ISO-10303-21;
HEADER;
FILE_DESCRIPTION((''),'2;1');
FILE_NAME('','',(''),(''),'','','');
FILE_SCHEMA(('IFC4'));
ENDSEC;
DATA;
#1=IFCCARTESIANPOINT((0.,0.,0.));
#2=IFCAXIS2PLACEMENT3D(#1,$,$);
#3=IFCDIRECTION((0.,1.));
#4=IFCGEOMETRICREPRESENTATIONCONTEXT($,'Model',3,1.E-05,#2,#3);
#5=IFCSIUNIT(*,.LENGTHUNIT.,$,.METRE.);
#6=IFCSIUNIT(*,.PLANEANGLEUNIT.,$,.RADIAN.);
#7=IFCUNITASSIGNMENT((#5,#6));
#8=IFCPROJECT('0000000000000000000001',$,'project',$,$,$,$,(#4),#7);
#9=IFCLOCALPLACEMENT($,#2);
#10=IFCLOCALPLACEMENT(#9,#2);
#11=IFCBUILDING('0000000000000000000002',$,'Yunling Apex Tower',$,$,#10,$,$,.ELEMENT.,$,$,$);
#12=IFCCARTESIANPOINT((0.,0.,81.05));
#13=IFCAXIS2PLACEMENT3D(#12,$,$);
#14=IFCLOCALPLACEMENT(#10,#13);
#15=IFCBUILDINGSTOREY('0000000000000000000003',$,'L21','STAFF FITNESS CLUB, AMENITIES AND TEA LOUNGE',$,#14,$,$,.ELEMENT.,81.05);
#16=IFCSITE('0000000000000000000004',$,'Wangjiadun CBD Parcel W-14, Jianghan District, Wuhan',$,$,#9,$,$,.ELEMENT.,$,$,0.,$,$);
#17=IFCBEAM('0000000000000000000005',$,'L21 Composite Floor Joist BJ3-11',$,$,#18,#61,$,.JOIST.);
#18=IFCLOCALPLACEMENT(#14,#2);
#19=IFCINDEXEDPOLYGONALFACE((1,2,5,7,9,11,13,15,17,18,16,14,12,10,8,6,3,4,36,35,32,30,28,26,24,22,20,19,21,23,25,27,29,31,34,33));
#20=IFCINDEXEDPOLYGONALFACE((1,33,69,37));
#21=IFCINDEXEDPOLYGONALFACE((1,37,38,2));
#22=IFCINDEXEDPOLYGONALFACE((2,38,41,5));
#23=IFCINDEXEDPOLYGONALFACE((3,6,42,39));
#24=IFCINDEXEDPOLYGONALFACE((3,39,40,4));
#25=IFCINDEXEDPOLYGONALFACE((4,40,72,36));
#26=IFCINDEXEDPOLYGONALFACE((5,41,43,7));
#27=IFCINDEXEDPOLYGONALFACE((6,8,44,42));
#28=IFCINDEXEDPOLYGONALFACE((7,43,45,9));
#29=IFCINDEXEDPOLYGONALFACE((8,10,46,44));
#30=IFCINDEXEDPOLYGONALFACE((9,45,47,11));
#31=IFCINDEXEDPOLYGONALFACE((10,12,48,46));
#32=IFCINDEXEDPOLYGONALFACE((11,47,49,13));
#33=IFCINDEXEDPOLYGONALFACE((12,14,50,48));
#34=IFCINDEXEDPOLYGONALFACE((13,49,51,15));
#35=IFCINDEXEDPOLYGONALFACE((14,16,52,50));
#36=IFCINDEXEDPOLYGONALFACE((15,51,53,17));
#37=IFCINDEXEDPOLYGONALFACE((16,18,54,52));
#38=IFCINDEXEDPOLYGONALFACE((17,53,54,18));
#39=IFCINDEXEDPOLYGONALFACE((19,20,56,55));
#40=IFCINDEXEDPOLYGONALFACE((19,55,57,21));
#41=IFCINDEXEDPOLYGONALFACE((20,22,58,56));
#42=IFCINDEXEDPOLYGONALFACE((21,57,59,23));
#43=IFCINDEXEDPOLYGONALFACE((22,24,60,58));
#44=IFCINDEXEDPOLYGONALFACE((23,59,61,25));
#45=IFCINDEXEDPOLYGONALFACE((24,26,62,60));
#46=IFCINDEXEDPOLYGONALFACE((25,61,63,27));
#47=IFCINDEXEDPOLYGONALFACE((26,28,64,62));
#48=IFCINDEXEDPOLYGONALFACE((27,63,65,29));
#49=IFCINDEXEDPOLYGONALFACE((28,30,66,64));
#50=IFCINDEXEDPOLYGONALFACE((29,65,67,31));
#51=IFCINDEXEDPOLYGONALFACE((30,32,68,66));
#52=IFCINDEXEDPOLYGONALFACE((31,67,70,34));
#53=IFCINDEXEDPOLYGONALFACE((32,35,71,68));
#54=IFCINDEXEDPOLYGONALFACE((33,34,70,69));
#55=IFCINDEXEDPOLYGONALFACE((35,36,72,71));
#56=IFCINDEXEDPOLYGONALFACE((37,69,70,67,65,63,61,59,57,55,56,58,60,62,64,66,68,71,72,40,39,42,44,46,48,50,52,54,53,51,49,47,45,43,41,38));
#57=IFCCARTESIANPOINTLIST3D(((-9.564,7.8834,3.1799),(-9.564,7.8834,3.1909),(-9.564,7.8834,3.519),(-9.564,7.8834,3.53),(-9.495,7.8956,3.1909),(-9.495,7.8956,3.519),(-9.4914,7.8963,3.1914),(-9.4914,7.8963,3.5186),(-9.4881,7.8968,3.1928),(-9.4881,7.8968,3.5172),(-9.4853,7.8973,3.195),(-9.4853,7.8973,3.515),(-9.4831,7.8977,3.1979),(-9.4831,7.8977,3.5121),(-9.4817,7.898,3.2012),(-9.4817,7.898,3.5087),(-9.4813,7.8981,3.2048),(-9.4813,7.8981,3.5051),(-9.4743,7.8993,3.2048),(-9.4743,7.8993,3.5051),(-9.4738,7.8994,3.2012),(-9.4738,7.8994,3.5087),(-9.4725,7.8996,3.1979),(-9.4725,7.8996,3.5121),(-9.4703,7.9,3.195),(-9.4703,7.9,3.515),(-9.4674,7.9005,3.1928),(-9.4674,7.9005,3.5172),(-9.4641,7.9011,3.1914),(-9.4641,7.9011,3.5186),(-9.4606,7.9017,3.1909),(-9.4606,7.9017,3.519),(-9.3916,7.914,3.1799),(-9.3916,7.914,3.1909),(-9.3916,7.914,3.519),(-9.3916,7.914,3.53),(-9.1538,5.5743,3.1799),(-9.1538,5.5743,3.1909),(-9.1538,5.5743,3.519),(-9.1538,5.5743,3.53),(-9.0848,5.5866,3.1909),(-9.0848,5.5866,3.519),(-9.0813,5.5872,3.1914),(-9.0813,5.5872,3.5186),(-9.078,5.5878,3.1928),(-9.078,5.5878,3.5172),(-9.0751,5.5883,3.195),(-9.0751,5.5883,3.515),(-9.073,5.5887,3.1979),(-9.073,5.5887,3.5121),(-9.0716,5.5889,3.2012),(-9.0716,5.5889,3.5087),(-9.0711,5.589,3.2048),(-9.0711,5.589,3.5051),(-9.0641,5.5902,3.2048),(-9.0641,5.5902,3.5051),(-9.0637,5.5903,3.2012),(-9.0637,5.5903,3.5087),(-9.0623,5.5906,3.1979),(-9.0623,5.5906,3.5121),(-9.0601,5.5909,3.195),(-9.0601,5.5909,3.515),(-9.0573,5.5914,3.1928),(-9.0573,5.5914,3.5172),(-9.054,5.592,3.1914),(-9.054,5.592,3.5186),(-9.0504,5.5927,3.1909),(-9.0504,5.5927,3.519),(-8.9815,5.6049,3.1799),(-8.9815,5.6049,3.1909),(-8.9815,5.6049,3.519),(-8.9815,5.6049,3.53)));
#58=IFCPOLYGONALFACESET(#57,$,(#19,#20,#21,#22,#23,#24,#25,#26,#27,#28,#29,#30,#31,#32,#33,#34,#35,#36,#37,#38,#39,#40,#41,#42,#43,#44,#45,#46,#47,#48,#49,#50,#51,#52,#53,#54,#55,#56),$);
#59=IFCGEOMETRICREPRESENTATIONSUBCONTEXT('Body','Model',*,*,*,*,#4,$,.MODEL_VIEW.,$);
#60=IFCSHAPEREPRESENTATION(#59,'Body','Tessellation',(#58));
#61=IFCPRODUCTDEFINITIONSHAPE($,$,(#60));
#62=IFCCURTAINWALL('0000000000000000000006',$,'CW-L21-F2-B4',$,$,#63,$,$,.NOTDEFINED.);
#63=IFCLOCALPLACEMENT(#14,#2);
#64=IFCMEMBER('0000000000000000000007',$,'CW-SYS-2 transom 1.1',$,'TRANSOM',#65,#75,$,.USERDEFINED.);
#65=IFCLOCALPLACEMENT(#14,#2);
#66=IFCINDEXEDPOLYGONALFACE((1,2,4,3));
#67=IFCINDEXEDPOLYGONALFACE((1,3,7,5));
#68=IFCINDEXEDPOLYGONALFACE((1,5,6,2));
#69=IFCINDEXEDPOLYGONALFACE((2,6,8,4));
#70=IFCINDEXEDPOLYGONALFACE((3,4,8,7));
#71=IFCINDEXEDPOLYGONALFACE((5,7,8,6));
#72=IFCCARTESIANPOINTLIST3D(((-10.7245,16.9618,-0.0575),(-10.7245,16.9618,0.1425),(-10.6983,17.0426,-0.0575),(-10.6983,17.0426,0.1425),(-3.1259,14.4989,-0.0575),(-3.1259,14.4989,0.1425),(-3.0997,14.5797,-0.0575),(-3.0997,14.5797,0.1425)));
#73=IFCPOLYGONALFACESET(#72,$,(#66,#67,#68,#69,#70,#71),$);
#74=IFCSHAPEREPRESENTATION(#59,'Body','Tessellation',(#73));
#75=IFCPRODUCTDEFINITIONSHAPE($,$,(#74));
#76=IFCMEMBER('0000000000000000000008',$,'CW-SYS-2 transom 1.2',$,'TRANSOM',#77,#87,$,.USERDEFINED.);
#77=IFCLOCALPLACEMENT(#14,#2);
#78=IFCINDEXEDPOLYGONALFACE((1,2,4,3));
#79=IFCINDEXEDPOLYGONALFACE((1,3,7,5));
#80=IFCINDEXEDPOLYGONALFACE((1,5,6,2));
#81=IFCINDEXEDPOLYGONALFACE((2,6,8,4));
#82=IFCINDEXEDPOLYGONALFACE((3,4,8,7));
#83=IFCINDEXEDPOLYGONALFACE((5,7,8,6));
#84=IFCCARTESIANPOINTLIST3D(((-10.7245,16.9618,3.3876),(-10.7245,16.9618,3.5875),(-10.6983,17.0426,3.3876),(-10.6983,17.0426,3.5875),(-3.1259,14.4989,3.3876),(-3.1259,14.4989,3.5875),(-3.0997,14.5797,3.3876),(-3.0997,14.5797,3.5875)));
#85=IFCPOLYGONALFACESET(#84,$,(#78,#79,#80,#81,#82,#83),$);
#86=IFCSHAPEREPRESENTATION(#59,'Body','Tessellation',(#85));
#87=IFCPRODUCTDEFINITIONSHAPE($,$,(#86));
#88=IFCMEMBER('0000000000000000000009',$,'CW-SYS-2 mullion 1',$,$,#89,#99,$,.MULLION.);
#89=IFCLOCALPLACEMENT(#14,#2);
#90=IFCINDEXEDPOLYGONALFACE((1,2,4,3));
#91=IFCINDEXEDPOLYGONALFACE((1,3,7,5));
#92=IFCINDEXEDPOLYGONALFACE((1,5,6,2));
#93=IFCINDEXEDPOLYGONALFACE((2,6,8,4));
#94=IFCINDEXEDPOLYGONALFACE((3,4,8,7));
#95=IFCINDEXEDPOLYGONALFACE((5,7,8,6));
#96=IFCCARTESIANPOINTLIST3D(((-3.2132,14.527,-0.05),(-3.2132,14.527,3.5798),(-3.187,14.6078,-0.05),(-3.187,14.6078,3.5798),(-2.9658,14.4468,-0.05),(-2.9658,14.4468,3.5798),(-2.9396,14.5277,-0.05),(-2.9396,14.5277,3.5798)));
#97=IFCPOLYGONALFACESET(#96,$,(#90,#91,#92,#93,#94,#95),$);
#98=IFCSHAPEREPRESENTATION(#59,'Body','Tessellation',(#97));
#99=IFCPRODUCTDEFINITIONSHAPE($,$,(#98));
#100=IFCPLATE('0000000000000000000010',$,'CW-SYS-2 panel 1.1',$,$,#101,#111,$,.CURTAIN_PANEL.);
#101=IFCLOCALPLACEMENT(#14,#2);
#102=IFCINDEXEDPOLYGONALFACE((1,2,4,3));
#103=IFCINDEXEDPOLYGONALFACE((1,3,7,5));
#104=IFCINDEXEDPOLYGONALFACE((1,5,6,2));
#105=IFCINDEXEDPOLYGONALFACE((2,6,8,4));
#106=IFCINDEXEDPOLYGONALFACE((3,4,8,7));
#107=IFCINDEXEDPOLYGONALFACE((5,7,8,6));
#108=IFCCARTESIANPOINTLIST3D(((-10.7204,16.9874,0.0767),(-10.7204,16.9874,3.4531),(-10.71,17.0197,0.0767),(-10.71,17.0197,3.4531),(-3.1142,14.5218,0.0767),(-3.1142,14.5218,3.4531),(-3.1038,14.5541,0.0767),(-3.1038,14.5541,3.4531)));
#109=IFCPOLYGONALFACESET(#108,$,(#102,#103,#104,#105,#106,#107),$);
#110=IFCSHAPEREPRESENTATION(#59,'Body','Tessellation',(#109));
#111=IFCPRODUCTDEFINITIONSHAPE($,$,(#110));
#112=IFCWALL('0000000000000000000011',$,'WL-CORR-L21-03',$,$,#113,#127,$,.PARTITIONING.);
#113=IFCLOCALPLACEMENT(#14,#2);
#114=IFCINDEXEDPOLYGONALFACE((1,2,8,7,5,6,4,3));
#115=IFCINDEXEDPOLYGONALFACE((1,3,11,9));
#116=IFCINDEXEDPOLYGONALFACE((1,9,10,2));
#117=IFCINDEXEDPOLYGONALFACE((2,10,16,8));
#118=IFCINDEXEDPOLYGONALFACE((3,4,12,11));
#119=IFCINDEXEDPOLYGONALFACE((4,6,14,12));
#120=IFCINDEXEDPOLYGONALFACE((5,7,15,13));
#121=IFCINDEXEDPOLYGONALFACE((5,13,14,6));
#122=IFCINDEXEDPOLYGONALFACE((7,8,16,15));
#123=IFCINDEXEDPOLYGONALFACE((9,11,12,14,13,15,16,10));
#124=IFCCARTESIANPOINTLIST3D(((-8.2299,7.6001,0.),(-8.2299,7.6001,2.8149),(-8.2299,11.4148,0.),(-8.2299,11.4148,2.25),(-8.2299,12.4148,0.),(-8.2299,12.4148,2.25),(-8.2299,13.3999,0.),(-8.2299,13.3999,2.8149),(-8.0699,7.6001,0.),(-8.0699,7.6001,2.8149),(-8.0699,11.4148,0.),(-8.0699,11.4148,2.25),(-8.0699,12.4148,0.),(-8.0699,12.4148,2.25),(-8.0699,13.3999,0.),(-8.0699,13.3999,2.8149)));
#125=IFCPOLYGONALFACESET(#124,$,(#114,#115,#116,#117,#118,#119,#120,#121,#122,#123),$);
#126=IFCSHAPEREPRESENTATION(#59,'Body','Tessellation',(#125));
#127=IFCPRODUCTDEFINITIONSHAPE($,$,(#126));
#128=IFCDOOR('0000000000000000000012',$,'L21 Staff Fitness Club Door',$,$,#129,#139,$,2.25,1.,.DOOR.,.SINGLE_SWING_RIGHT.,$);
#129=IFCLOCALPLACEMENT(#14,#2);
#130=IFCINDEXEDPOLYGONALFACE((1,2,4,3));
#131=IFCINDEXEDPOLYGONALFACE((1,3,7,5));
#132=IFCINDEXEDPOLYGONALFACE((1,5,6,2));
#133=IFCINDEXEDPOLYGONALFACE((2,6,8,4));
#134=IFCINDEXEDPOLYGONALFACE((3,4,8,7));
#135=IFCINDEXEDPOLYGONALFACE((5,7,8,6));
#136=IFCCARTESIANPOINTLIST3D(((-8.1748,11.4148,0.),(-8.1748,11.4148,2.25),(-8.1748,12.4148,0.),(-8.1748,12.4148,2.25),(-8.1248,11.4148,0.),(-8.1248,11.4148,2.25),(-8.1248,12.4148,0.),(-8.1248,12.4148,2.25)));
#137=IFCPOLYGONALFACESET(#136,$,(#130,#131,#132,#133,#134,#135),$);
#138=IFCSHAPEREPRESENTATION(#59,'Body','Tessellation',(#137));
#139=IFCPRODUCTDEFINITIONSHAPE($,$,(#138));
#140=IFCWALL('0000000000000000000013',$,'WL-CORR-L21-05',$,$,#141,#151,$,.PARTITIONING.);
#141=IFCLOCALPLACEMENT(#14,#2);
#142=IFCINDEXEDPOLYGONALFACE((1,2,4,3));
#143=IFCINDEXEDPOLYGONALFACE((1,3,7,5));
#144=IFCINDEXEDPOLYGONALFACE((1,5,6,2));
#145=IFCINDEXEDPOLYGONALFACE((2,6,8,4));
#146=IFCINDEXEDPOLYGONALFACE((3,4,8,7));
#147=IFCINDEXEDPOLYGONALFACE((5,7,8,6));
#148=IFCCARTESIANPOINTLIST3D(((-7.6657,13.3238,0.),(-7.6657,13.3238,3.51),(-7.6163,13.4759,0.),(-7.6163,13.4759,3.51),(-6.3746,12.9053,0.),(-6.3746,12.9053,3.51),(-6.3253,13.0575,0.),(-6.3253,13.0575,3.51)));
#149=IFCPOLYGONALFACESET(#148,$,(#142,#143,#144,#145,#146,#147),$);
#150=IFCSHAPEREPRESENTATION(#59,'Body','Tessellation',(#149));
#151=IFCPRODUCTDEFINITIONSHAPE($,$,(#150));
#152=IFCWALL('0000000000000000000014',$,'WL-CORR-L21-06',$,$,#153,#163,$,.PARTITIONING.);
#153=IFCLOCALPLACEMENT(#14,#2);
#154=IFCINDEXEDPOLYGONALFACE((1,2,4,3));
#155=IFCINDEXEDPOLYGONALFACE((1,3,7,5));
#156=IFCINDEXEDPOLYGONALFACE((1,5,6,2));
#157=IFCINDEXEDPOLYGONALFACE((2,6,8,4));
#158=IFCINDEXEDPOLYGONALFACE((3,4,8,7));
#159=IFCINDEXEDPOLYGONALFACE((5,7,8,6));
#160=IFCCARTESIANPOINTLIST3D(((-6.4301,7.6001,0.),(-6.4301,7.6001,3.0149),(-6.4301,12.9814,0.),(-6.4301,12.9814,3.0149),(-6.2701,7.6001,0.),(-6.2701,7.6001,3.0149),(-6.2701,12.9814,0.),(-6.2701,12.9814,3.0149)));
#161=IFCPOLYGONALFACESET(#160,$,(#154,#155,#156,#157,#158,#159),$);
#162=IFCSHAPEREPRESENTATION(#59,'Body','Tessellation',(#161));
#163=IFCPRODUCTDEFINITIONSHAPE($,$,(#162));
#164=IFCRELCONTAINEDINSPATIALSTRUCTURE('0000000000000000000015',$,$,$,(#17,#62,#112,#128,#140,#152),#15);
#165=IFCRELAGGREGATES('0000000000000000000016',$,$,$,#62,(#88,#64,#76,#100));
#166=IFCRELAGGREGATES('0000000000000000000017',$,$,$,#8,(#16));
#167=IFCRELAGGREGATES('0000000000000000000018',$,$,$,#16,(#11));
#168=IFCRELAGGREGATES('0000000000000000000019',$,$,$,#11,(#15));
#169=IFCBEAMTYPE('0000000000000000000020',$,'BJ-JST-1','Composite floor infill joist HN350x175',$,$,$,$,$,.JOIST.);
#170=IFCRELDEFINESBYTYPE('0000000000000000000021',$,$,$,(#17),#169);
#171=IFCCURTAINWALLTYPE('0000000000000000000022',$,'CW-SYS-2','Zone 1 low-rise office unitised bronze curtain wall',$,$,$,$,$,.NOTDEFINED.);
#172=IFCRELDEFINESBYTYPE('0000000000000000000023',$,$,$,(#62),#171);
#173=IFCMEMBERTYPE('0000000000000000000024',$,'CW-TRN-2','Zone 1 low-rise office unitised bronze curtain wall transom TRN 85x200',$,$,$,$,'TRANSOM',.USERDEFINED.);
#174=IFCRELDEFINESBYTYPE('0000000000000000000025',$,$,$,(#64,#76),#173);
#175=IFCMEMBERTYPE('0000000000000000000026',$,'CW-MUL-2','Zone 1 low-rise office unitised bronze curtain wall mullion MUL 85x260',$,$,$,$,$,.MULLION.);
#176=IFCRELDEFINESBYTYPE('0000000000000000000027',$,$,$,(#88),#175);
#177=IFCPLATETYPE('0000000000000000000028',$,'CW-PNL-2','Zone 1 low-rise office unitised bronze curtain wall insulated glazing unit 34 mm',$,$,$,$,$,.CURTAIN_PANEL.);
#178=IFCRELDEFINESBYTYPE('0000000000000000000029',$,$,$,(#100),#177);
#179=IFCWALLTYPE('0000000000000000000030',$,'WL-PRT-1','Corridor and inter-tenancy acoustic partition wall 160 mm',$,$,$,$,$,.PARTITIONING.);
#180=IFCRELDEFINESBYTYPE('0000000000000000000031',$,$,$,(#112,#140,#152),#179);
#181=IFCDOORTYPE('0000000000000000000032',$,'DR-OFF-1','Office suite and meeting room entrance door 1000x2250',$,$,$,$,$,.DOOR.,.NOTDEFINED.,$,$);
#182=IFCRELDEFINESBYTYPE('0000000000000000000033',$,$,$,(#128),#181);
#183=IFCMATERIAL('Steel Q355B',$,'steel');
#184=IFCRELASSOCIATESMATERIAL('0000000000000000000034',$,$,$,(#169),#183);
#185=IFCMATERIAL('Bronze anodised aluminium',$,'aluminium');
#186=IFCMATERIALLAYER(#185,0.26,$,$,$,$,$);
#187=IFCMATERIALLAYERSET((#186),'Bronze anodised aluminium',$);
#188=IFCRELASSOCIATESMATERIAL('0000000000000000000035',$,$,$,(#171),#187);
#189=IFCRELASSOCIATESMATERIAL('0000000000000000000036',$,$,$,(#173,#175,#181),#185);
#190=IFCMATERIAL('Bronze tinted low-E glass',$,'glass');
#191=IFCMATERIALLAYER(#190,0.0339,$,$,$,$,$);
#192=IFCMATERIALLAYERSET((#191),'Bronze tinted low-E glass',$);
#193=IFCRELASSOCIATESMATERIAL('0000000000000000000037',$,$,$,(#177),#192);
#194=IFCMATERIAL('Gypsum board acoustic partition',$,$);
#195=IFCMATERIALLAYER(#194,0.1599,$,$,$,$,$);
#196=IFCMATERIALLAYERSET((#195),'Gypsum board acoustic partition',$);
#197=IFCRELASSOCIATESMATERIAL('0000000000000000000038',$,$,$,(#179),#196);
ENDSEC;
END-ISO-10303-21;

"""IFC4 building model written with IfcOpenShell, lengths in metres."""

from ifc_helpers import new_model, si_unit, direction, frame, frame_2d, origin, origin_2d, place, context, subcontext, project, spatial, rectangle, i_section, extrude, source, transform, mapped, material, layer, layer_set, material_profile, profile_set, type_object, element, fill, aggregate, save


model = new_model("IFC4")

# Units and contexts
model_context = context("Model", 3, precision=1e-05, world=origin(), true_north=direction((0.0, 1.0)))
body_context = subcontext(model_context, "Body", "Model", "MODEL_VIEW")
ifc_project = project(units=[si_unit("LENGTHUNIT", "METRE"), si_unit("PLANEANGLEUNIT", "RADIAN")], contexts=[model_context])

# Site, building, storey
site_placement = place(None, origin())
site = spatial("IfcSite", under=ifc_project, at=site_placement, Name="Wangjiadun CBD Parcel W-14, Jianghan District, Wuhan", CompositionType="ELEMENT", RefElevation=0.0)
building_placement = place(site_placement, origin())
building = spatial("IfcBuilding", under=site, at=building_placement, Name="Yunling Apex Tower", CompositionType="ELEMENT")
storey_placement = place(building_placement, frame((0.0, 0.0, 81.05)))
storey = spatial("IfcBuildingStorey", under=building, at=storey_placement, Name="L21", Description="STAFF FITNESS CLUB, AMENITIES AND TEA LOUNGE", CompositionType="ELEMENT", Elevation=81.05)

# Beam
ifc_material_1 = material(Name="Steel Q355B", Category="steel")
ifc_material_profile_1 = material_profile(ifc_material_1, i_section(OverallWidth=0.175, OverallDepth=0.3501, WebThickness=0.0071, FlangeThickness=0.011, FilletRadius=0.0139, at=origin_2d()))
ifc_profile_set_1 = profile_set([ifc_material_profile_1], Name="Steel Q355B")
beam_type_1 = type_object("IfcBeamType", Name="BJ-JST-1", Description="Composite floor infill joist HN350x175", PredefinedType="JOIST", material=ifc_profile_set_1)
shared_shape_1 = source(origin(), body_context, "Body", "SweptSolid", [
    extrude(i_section(OverallWidth=0.175, OverallDepth=0.3501, WebThickness=0.0071, FlangeThickness=0.011, FilletRadius=0.0139, at=origin_2d()), origin(), (0.0, 0.0, 1.0), 2.3452),
])
beam_1_placement = place(storey_placement, frame((-9.4778, 7.8987, 3.355), z_axis=(0.17489, -0.984588, 0.0), x_axis=(0.984588, 0.17489, 0.0)))
element("IfcBeam", 1, at=beam_1_placement, inside=storey, type_object=beam_type_1, Name="L21 Composite Floor Joist BJ3-11", PredefinedType="JOIST", context=body_context, shape_type="MappedRepresentation", body=[
    mapped(shared_shape_1, transform((0.0, 0.0, 0.0), scale=1.0)),
])

# Curtain wall, members, plate
ifc_material_2 = material(Name="Bronze anodised aluminium", Category="aluminium")
ifc_layer_1 = layer(ifc_material_2, 0.26)
ifc_layer_set_1 = layer_set([ifc_layer_1], Name="Bronze anodised aluminium")
curtain_wall_type = type_object("IfcCurtainWallType", Name="CW-SYS-2", Description="Zone 1 low-rise office unitised bronze curtain wall", PredefinedType="NOTDEFINED", material=ifc_layer_set_1)
curtain_wall_placement = place(storey_placement, origin())
curtain_wall = element("IfcCurtainWall", 2, at=curtain_wall_placement, inside=storey, type_object=curtain_wall_type, Name="CW-L21-F2-B4", PredefinedType="NOTDEFINED")
ifc_material_profile_2 = material_profile(ifc_material_2, rectangle(XDim=0.085, YDim=0.2, at=origin_2d()))
ifc_profile_set_2 = profile_set([ifc_material_profile_2], Name="Bronze anodised aluminium")
member_type_1 = type_object("IfcMemberType", Name="CW-TRN-2", Description="Zone 1 low-rise office unitised bronze curtain wall transom TRN 85x200", ElementType="TRANSOM", PredefinedType="USERDEFINED", material=ifc_profile_set_2)
shared_shape_2 = source(origin(), body_context, "Body", "SweptSolid", [
    extrude(rectangle(XDim=0.085, YDim=0.2, at=origin_2d()), origin(), (0.0, 0.0, 1.0), 7.9878),
])
member_1_placement = place(storey_placement, frame((-3.1128, 14.5393, 0.0425), z_axis=(-0.951279, 0.308331, 0.0), x_axis=(-0.308331, -0.951279, 0.0)))
member_1 = element("IfcMember", 3, at=member_1_placement, type_object=member_type_1, Name="CW-SYS-2 transom 1.1", ObjectType="TRANSOM", PredefinedType="USERDEFINED", context=body_context, shape_type="MappedRepresentation", body=[
    mapped(shared_shape_2, transform((0.0, 0.0, 0.0), scale=1.0)),
])
member_2_placement = place(storey_placement, frame((-3.1128, 14.5393, 3.4875), z_axis=(-0.951279, 0.308331, 0.0), x_axis=(-0.308331, -0.951279, 0.0)))
member_2 = element("IfcMember", 4, at=member_2_placement, type_object=member_type_1, Name="CW-SYS-2 transom 1.2", ObjectType="TRANSOM", PredefinedType="USERDEFINED", context=body_context, shape_type="MappedRepresentation", body=[
    mapped(shared_shape_2, transform((0.0, 0.0, 0.0), scale=1.0)),
])
ifc_material_profile_3 = material_profile(ifc_material_2, rectangle(XDim=0.085, YDim=0.26, at=origin_2d()))
ifc_profile_set_3 = profile_set([ifc_material_profile_3], Name="Bronze anodised aluminium")
member_type_2 = type_object("IfcMemberType", Name="CW-MUL-2", Description="Zone 1 low-rise office unitised bronze curtain wall mullion MUL 85x260", PredefinedType="MULLION", material=ifc_profile_set_3)
shared_shape_3 = source(origin(), body_context, "Body", "SweptSolid", [
    extrude(rectangle(XDim=0.085, YDim=0.26, at=origin_2d()), origin(), (0.0, 0.0, 1.0), 3.6299),
])
member_3_placement = place(storey_placement, frame((-3.0764, 14.5273, -0.05), z_axis=(0.0, 0.0, 1.0), x_axis=(-0.308357, -0.951271, 0.0)))
member_3 = element("IfcMember", 5, at=member_3_placement, type_object=member_type_2, Name="CW-SYS-2 mullion 1", PredefinedType="MULLION", context=body_context, shape_type="MappedRepresentation", body=[
    mapped(shared_shape_3, transform((0.0, 0.0, 0.0), scale=1.0)),
])
ifc_material_3 = material(Name="Bronze tinted low-E glass", Category="glass")
ifc_layer_2 = layer(ifc_material_3, 0.0339)
ifc_layer_set_2 = layer_set([ifc_layer_2], Name="Bronze tinted low-E glass")
plate_type = type_object("IfcPlateType", Name="CW-PNL-2", Description="Zone 1 low-rise office unitised bronze curtain wall insulated glazing unit 34 mm", PredefinedType="CURTAIN_PANEL", material=ifc_layer_set_2)
shared_shape_4 = source(origin(), body_context, "Body", "SweptSolid", [
    extrude(rectangle(XDim=7.9958, YDim=0.0339, at=origin_2d()), origin(), (0.0, 0.0, 1.0), 3.3765),
])
plate_placement = place(storey_placement, frame((-6.9121, 15.7708, 0.0767), z_axis=(0.0, 0.0, 1.0), x_axis=(-0.951271, 0.308357, 0.0)))
plate = element("IfcPlate", 6, at=plate_placement, type_object=plate_type, Name="CW-SYS-2 panel 1.1", PredefinedType="CURTAIN_PANEL", context=body_context, shape_type="MappedRepresentation", body=[
    mapped(shared_shape_4, transform((0.0, 0.0, 0.0), scale=1.0)),
])
aggregate(curtain_wall, [member_3, member_1, member_2, plate])

# Wall, opening, door
ifc_material_4 = material(Name="Gypsum board acoustic partition")
ifc_layer_3 = layer(ifc_material_4, 0.1599)
ifc_layer_set_3 = layer_set([ifc_layer_3], Name="Gypsum board acoustic partition")
wall_type_1 = type_object("IfcWallType", Name="WL-PRT-1", Description="Corridor and inter-tenancy acoustic partition wall 160 mm", PredefinedType="PARTITIONING", material=ifc_layer_set_3)
wall_1_placement = place(storey_placement, frame((-8.1499, 7.6001, 0.0), z_axis=(0.0, 0.0, 1.0), x_axis=(0.0, 1.0, 0.0)))
wall_1 = element("IfcWall", 7, at=wall_1_placement, inside=storey, type_object=wall_type_1, Name="WL-CORR-L21-03", PredefinedType="PARTITIONING", context=body_context, shape_type="SweptSolid", body=[
    extrude(rectangle(XDim=5.7998, YDim=0.1599, at=frame_2d((2.8999, 0.0))), origin(), (0.0, 0.0, 1.0), 2.8149),
])
opening_1_placement = place(wall_1_placement, frame((3.8147, 0.0, 0.0)))
opening_1 = element("IfcOpeningElement", 8, at=opening_1_placement, cuts=wall_1, PredefinedType="OPENING", context=body_context, shape_type="SweptSolid", body=[
    extrude(rectangle(XDim=1.0, YDim=2.25, at=frame_2d((0.5, 1.125))), frame((0.0, 0.0898, 0.0), z_axis=(0.0, -1.0, 0.0), x_axis=(1.0, 0.0, 0.0)), (0.0, 0.0, 1.0), 0.1799),
])
door_type = type_object("IfcDoorType", Name="DR-OFF-1", Description="Office suite and meeting room entrance door 1000x2250", OperationType="NOTDEFINED", PredefinedType="DOOR", material=ifc_material_2)
door_1_placement = place(opening_1_placement, origin())
door_1 = element("IfcDoor", 9, at=door_1_placement, inside=storey, type_object=door_type, Name="L21 Staff Fitness Club Door", OperationType="SINGLE_SWING_RIGHT", OverallHeight=2.25, OverallWidth=1.0, PredefinedType="DOOR", context=body_context, shape_type="SweptSolid", body=[
    extrude(rectangle(XDim=1.0, YDim=2.25, at=frame_2d((0.5, 1.125))), frame((0.0, 0.0249, 0.0), z_axis=(0.0, -1.0, 0.0), x_axis=(1.0, 0.0, 0.0)), (0.0, 0.0, 1.0), 0.05),
])
fill(opening_1, door_1)

# Walls
wall_2_placement = place(storey_placement, frame((-7.6411, 13.3999, 0.0), z_axis=(0.0, 0.0, 1.0), x_axis=(0.951277, -0.308338, 0.0)))
element("IfcWall", 10, at=wall_2_placement, inside=storey, type_object=wall_type_1, Name="WL-CORR-L21-05", PredefinedType="PARTITIONING", context=body_context, shape_type="SweptSolid", body=[
    extrude(rectangle(XDim=1.3572, YDim=0.1599, at=frame_2d((0.6787, 0.0))), origin(), (0.0, 0.0, 1.0), 3.51),
])
wall_3_placement = place(storey_placement, frame((-6.3501, 12.9814, 0.0), z_axis=(0.0, 0.0, 1.0), x_axis=(0.0, -1.0, 0.0)))
element("IfcWall", 11, at=wall_3_placement, inside=storey, type_object=wall_type_1, Name="WL-CORR-L21-06", PredefinedType="PARTITIONING", context=body_context, shape_type="SweptSolid", body=[
    extrude(rectangle(XDim=5.3813, YDim=0.1599, at=frame_2d((2.6907, 0.0))), origin(), (0.0, 0.0, 1.0), 3.0149),
])

save(model, "model.ifc")
